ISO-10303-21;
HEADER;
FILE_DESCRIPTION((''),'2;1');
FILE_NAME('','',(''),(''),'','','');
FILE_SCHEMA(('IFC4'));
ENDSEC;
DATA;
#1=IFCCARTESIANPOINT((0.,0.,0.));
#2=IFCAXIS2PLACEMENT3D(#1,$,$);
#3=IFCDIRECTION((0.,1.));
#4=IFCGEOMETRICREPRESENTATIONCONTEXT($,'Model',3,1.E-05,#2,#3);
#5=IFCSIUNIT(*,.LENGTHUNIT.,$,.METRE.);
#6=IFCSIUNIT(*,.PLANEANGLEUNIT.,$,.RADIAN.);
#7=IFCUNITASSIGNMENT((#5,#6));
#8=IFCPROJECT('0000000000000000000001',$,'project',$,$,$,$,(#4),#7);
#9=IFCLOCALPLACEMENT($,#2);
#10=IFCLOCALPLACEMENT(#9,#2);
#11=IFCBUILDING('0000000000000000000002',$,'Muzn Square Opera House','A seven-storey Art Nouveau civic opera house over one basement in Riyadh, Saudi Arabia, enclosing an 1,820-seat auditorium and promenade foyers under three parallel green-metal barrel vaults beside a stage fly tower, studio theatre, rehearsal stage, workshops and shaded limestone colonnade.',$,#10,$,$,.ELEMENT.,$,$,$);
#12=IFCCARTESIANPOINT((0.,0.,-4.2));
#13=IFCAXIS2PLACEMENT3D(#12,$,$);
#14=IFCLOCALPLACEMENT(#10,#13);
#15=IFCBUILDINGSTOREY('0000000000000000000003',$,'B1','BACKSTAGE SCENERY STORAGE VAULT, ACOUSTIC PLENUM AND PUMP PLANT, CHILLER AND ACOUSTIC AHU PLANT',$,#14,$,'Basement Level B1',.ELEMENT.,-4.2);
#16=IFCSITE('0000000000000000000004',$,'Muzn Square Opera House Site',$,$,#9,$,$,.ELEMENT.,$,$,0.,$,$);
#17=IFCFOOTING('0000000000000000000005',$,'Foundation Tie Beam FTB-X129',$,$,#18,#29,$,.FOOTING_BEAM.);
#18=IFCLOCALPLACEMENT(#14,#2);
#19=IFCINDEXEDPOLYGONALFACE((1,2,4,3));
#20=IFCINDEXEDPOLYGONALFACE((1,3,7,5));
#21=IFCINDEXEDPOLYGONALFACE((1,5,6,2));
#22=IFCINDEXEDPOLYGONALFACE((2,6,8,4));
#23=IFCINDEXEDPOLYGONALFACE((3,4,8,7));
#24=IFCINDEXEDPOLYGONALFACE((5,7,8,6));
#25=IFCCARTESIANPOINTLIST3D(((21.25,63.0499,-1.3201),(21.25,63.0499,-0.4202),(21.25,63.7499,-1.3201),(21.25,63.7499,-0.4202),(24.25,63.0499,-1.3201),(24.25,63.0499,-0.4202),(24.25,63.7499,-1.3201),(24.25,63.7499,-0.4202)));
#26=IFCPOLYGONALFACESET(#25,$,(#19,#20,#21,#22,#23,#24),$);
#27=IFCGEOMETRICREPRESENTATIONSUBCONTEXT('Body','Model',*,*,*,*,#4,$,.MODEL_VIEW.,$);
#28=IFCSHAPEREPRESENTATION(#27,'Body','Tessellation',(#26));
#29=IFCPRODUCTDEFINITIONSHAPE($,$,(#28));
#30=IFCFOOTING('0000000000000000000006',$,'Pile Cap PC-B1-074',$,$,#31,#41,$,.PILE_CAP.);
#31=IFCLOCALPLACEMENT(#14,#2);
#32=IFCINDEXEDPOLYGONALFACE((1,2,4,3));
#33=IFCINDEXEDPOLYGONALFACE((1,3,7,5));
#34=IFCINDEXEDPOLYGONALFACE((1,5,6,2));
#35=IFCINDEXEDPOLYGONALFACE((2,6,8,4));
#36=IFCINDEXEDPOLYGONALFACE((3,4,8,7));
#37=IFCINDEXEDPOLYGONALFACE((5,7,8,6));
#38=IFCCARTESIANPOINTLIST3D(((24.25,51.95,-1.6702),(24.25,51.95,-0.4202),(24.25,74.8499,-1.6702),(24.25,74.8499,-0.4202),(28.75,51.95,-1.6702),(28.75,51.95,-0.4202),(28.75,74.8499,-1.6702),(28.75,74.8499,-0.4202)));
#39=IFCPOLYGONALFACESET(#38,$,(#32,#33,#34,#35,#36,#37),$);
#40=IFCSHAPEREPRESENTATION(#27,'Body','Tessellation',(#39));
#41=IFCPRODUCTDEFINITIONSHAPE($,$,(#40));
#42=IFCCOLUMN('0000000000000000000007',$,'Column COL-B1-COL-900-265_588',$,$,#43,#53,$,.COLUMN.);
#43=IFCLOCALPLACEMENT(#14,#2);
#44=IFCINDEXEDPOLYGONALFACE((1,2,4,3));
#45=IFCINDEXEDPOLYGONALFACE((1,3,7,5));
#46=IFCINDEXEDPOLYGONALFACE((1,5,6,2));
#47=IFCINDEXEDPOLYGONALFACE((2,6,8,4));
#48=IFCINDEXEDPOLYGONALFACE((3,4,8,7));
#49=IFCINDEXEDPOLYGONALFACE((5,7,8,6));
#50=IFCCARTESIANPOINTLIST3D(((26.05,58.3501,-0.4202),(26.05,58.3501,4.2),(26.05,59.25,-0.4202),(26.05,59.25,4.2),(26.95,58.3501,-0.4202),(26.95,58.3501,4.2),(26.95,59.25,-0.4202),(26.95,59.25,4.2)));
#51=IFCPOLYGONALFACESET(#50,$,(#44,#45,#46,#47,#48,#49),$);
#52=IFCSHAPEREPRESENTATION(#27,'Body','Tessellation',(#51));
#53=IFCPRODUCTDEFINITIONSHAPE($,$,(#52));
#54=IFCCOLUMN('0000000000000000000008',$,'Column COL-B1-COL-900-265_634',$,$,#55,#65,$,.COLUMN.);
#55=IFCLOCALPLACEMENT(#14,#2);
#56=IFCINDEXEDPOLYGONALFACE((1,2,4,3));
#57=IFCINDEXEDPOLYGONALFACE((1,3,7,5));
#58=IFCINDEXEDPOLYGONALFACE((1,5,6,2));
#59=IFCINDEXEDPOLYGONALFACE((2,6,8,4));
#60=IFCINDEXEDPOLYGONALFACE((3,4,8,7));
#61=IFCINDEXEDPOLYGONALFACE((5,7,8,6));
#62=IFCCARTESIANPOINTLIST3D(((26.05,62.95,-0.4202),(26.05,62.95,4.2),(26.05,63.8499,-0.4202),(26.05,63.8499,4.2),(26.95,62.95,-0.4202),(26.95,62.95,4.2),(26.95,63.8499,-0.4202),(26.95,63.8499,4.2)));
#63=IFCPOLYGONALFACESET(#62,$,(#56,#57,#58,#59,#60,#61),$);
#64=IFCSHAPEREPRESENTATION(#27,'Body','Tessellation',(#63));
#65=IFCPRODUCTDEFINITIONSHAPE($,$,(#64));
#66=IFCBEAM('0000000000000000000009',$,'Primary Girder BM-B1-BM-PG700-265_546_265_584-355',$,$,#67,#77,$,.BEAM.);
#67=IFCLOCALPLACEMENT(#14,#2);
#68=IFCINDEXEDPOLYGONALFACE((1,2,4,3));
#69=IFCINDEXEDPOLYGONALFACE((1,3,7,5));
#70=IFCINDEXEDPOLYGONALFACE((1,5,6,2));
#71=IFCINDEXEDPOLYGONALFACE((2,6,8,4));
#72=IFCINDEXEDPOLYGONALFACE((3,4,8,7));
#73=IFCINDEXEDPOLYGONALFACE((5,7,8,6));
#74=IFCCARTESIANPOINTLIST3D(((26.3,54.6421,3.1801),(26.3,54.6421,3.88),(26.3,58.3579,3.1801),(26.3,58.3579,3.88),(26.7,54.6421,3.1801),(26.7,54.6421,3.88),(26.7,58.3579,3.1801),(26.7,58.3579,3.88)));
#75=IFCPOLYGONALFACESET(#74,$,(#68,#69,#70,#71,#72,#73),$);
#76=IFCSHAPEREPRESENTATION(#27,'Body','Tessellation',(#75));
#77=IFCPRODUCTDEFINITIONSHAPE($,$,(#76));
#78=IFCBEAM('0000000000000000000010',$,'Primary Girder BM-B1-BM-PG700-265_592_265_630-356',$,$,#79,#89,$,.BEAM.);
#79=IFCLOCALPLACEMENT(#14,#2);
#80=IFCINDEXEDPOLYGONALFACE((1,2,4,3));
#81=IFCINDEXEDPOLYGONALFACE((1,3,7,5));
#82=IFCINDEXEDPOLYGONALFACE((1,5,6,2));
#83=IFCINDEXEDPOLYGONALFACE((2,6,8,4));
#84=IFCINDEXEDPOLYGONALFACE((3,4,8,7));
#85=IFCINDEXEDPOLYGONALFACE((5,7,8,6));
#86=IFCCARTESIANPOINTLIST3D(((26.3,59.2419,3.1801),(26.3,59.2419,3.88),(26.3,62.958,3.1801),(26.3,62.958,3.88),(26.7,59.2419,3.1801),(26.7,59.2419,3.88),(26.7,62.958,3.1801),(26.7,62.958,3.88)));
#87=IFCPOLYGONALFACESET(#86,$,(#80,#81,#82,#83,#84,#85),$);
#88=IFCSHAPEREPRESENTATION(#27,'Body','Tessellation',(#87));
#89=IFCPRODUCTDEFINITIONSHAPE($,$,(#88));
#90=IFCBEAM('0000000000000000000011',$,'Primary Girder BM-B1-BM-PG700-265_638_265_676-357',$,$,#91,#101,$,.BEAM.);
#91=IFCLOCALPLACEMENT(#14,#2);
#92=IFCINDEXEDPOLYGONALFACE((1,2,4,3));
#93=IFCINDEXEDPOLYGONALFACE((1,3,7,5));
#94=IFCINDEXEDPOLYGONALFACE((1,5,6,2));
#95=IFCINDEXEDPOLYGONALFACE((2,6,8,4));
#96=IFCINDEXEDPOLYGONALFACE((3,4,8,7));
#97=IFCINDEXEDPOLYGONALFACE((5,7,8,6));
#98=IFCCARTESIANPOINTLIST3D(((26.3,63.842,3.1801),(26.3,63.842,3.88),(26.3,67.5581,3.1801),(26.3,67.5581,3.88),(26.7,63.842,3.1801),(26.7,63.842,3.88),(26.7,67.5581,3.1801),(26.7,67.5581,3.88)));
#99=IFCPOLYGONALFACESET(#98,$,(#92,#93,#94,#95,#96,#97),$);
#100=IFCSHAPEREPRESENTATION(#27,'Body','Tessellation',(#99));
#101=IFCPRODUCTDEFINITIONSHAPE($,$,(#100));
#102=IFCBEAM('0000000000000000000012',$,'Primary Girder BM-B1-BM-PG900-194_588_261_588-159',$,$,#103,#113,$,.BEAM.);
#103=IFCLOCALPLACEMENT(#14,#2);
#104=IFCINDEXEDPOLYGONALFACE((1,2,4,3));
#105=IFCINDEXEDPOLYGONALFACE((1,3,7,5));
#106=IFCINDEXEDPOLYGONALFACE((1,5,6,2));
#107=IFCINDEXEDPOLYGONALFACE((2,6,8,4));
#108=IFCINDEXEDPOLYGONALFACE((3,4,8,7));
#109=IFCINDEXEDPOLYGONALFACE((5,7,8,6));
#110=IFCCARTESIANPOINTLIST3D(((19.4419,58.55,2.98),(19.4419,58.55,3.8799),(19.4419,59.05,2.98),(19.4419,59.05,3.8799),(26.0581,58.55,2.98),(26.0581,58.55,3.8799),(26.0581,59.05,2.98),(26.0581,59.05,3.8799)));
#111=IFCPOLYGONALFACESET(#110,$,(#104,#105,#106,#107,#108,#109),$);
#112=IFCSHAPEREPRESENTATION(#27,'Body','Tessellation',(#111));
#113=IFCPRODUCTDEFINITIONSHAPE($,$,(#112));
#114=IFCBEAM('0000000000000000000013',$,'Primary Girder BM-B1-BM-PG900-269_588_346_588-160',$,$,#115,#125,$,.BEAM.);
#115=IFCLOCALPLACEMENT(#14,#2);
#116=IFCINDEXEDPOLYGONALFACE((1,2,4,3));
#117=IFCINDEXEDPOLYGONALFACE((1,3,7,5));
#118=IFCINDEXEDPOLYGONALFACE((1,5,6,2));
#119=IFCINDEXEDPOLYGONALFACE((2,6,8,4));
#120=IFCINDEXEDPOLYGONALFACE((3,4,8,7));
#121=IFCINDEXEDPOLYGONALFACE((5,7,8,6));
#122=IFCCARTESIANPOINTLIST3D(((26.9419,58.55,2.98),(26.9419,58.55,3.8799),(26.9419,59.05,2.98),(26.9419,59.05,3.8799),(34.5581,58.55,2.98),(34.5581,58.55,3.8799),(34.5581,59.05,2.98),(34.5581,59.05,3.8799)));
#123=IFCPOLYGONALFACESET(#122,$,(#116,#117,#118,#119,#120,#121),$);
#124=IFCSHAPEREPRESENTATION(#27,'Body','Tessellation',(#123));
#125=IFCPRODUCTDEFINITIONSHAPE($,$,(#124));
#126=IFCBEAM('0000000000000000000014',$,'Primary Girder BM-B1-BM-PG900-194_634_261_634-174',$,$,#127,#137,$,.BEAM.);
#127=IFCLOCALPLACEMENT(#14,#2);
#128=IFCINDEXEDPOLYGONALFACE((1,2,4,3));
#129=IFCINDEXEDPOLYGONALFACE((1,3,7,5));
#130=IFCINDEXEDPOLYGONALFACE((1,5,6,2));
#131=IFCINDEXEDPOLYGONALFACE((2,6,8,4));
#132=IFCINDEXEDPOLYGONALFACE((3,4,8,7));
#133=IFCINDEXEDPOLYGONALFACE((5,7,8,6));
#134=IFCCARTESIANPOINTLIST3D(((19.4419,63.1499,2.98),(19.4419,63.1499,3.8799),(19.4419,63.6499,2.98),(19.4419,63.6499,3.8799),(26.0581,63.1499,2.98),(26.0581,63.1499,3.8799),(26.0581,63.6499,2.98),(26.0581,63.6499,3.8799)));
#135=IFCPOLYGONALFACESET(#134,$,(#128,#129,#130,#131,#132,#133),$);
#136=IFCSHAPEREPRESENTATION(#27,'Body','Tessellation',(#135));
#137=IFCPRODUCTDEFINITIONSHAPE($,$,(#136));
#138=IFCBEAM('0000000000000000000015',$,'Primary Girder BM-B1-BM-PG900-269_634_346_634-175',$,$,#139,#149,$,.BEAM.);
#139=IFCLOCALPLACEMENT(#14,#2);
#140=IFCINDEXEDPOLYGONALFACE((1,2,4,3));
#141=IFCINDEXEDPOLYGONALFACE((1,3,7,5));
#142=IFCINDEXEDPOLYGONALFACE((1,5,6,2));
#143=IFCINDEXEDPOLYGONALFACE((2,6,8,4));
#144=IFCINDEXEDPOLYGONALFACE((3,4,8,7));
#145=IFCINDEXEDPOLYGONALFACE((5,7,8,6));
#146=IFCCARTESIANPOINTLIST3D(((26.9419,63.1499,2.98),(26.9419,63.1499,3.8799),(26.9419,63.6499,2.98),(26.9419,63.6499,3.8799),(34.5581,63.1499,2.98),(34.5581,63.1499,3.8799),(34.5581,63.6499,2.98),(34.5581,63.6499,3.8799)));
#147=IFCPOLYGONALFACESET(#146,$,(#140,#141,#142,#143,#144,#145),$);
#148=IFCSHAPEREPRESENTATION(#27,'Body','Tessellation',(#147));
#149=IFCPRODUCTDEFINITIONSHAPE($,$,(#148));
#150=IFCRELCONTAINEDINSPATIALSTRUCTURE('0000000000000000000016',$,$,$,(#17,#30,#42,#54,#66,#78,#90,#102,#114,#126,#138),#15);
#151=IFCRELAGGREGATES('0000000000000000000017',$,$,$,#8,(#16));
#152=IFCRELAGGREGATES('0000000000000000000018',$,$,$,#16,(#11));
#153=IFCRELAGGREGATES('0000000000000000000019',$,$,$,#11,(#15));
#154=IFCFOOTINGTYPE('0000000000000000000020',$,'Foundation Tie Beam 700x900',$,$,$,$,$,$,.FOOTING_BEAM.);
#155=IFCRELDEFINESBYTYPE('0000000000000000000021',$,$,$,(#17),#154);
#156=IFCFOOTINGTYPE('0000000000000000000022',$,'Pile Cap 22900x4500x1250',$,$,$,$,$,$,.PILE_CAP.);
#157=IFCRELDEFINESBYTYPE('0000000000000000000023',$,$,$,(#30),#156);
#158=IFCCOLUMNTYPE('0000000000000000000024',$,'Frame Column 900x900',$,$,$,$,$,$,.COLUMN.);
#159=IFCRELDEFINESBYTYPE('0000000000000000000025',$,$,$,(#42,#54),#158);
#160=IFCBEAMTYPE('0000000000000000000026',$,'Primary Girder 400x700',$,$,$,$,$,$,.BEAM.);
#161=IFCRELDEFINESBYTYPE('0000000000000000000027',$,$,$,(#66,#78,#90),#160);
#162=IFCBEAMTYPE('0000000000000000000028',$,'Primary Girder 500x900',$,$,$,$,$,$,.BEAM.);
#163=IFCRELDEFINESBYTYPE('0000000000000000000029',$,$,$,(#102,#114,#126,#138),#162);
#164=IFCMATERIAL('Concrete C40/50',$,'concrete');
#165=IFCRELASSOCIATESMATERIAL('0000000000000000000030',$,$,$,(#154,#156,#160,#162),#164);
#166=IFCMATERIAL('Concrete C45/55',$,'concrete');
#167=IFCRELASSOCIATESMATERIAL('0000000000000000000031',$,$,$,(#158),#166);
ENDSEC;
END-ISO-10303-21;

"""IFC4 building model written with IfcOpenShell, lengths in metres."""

from ifc_helpers import new_model, si_unit, direction, frame, origin, origin_2d, place, context, subcontext, project, spatial, rectangle, extrude, material, material_profile, profile_set, type_object, element, save


model = new_model("IFC4")

# Units and contexts
model_context = context("Model", 3, precision=1e-05, world=origin(), true_north=direction((0.0, 1.0)))
body_context = subcontext(model_context, "Body", "Model", "MODEL_VIEW")
ifc_project = project(units=[si_unit("LENGTHUNIT", "METRE"), si_unit("PLANEANGLEUNIT", "RADIAN")], contexts=[model_context])

# Site, building, storey
site_placement = place(None, origin())
site = spatial("IfcSite", under=ifc_project, at=site_placement, Name="Muzn Square Opera House Site", CompositionType="ELEMENT", RefElevation=0.0)
building_placement = place(site_placement, origin())
building = spatial("IfcBuilding", under=site, at=building_placement, Name="Muzn Square Opera House", Description="A seven-storey Art Nouveau civic opera house over one basement in Riyadh, Saudi Arabia, enclosing an 1,820-seat auditorium and promenade foyers under three parallel green-metal barrel vaults beside a stage fly tower, studio theatre, rehearsal stage, workshops and shaded limestone colonnade.", CompositionType="ELEMENT")
storey_placement = place(building_placement, frame((0.0, 0.0, -4.2)))
storey = spatial("IfcBuildingStorey", under=building, at=storey_placement, Name="B1", Description="BACKSTAGE SCENERY STORAGE VAULT, ACOUSTIC PLENUM AND PUMP PLANT, CHILLER AND ACOUSTIC AHU PLANT", LongName="Basement Level B1", CompositionType="ELEMENT", Elevation=-4.2)

# Shared definitions
ifc_material_1 = material(Name="Concrete C40/50", Category="concrete")

# Footings
ifc_material_profile_1 = material_profile(ifc_material_1, rectangle(XDim=0.7, YDim=0.8999, at=origin_2d()), Name="RCTB 700x900", Category="concrete")
ifc_profile_set_1 = profile_set([ifc_material_profile_1], Name="Concrete C40/50")
footing_type_1 = type_object("IfcFootingType", Name="Foundation Tie Beam 700x900", PredefinedType="FOOTING_BEAM", material=ifc_profile_set_1)
for number, where, z_axis, x_axis, name in (
    (1, (21.25, 63.3999, -0.8701), (1.0, 0.0, 0.0), (0.0, 1.0, 0.0), "Foundation Tie Beam FTB-X129"),
):
    element("IfcFooting", number, at=place(storey_placement, frame(where, z_axis=z_axis, x_axis=x_axis)), inside=storey, type_object=footing_type_1, Name=name, PredefinedType="FOOTING_BEAM", context=body_context, shape_type="SweptSolid", body=[
        extrude(rectangle(XDim=0.7, YDim=0.8999, at=origin_2d()), origin(), (0.0, 0.0, 1.0), 3.0),
    ])
footing_type_2 = type_object("IfcFootingType", Name="Pile Cap 22900x4500x1250", PredefinedType="PILE_CAP", material=ifc_material_1)
footing_placement = place(storey_placement, frame((26.5, 63.3999, -1.6702), z_axis=(0.0, 0.0, 1.0), x_axis=(1.0, 0.0, 0.0)))
element("IfcFooting", 2, at=footing_placement, inside=storey, type_object=footing_type_2, Name="Pile Cap PC-B1-074", PredefinedType="PILE_CAP", context=body_context, shape_type="SweptSolid", body=[
    extrude(rectangle(XDim=4.5, YDim=22.8999, at=origin_2d()), origin(), (0.0, 0.0, 1.0), 1.25),
])

# Columns
ifc_material_2 = material(Name="Concrete C45/55", Category="concrete")
ifc_material_profile_2 = material_profile(ifc_material_2, rectangle(XDim=0.8999, YDim=0.8999, at=origin_2d()), Name="RC 900x900", Category="concrete")
ifc_profile_set_2 = profile_set([ifc_material_profile_2], Name="Concrete C45/55")
column_type = type_object("IfcColumnType", Name="Frame Column 900x900", PredefinedType="COLUMN", material=ifc_profile_set_2)
for number, where, z_axis, x_axis, name in (
    (3, (26.5, 58.8, -0.4202), (0.0, 0.0, 1.0), (1.0, 0.0, 0.0), "Column COL-B1-COL-900-265_588"),
    (4, (26.5, 63.3999, -0.4202), (0.0, 0.0, 1.0), (1.0, 0.0, 0.0), "Column COL-B1-COL-900-265_634"),
):
    element("IfcColumn", number, at=place(storey_placement, frame(where, z_axis=z_axis, x_axis=x_axis)), inside=storey, type_object=column_type, Name=name, PredefinedType="COLUMN", context=body_context, shape_type="SweptSolid", body=[
        extrude(rectangle(XDim=0.8999, YDim=0.8999, at=origin_2d()), origin(), (0.0, 0.0, 1.0), 4.6201),
    ])

# Beams
ifc_material_profile_3 = material_profile(ifc_material_1, rectangle(XDim=0.3999, YDim=0.7, at=origin_2d()), Name="RCB 400x700", Category="concrete")
ifc_profile_set_3 = profile_set([ifc_material_profile_3], Name="Concrete C40/50")
beam_type_1 = type_object("IfcBeamType", Name="Primary Girder 400x700", PredefinedType="BEAM", material=ifc_profile_set_3)
beam_1_placement = place(storey_placement, frame((26.5, 54.6421, 3.53), z_axis=(0.0, 1.0, 0.0), x_axis=(-1.0, 0.0, 0.0)))
element("IfcBeam", 5, at=beam_1_placement, inside=storey, type_object=beam_type_1, Name="Primary Girder BM-B1-BM-PG700-265_546_265_584-355", PredefinedType="BEAM", context=body_context, shape_type="SweptSolid", body=[
    extrude(rectangle(XDim=0.3999, YDim=0.7, at=origin_2d()), origin(), (0.0, 0.0, 1.0), 3.7158),
])
for number, where, z_axis, x_axis, name in (
    (6, (26.5, 59.2419, 3.53), (0.0, 1.0, 0.0), (-1.0, 0.0, 0.0), "Primary Girder BM-B1-BM-PG700-265_592_265_630-356"),
    (7, (26.5, 63.842, 3.53), (0.0, 1.0, 0.0), (-1.0, 0.0, 0.0), "Primary Girder BM-B1-BM-PG700-265_638_265_676-357"),
):
    element("IfcBeam", number, at=place(storey_placement, frame(where, z_axis=z_axis, x_axis=x_axis)), inside=storey, type_object=beam_type_1, Name=name, PredefinedType="BEAM", context=body_context, shape_type="SweptSolid", body=[
        extrude(rectangle(XDim=0.3999, YDim=0.7, at=origin_2d()), origin(), (0.0, 0.0, 1.0), 3.7161),
    ])
ifc_material_profile_4 = material_profile(ifc_material_1, rectangle(XDim=0.5, YDim=0.8999, at=origin_2d()), Name="RCB 500x900", Category="concrete")
ifc_profile_set_4 = profile_set([ifc_material_profile_4], Name="Concrete C40/50")
beam_type_2 = type_object("IfcBeamType", Name="Primary Girder 500x900", PredefinedType="BEAM", material=ifc_profile_set_4)
beam_2_placement = place(storey_placement, frame((19.4419, 58.8, 3.4299), z_axis=(1.0, 0.0, 0.0), x_axis=(0.0, 1.0, 0.0)))
element("IfcBeam", 8, at=beam_2_placement, inside=storey, type_object=beam_type_2, Name="Primary Girder BM-B1-BM-PG900-194_588_261_588-159", PredefinedType="BEAM", context=body_context, shape_type="SweptSolid", body=[
    extrude(rectangle(XDim=0.5, YDim=0.8999, at=origin_2d()), origin(), (0.0, 0.0, 1.0), 6.6162),
])
beam_3_placement = place(storey_placement, frame((26.9419, 58.8, 3.4299), z_axis=(1.0, 0.0, 0.0), x_axis=(0.0, 1.0, 0.0)))
element("IfcBeam", 9, at=beam_3_placement, inside=storey, type_object=beam_type_2, Name="Primary Girder BM-B1-BM-PG900-269_588_346_588-160", PredefinedType="BEAM", context=body_context, shape_type="SweptSolid", body=[
    extrude(rectangle(XDim=0.5, YDim=0.8999, at=origin_2d()), origin(), (0.0, 0.0, 1.0), 7.6162),
])
beam_4_placement = place(storey_placement, frame((19.4419, 63.3999, 3.4299), z_axis=(1.0, 0.0, 0.0), x_axis=(0.0, 1.0, 0.0)))
element("IfcBeam", 10, at=beam_4_placement, inside=storey, type_object=beam_type_2, Name="Primary Girder BM-B1-BM-PG900-194_634_261_634-174", PredefinedType="BEAM", context=body_context, shape_type="SweptSolid", body=[
    extrude(rectangle(XDim=0.5, YDim=0.8999, at=origin_2d()), origin(), (0.0, 0.0, 1.0), 6.6162),
])
beam_5_placement = place(storey_placement, frame((26.9419, 63.3999, 3.4299), z_axis=(1.0, 0.0, 0.0), x_axis=(0.0, 1.0, 0.0)))
element("IfcBeam", 11, at=beam_5_placement, inside=storey, type_object=beam_type_2, Name="Primary Girder BM-B1-BM-PG900-269_634_346_634-175", PredefinedType="BEAM", context=body_context, shape_type="SweptSolid", body=[
    extrude(rectangle(XDim=0.5, YDim=0.8999, at=origin_2d()), origin(), (0.0, 0.0, 1.0), 7.6162),
])

save(model, "model.ifc")
